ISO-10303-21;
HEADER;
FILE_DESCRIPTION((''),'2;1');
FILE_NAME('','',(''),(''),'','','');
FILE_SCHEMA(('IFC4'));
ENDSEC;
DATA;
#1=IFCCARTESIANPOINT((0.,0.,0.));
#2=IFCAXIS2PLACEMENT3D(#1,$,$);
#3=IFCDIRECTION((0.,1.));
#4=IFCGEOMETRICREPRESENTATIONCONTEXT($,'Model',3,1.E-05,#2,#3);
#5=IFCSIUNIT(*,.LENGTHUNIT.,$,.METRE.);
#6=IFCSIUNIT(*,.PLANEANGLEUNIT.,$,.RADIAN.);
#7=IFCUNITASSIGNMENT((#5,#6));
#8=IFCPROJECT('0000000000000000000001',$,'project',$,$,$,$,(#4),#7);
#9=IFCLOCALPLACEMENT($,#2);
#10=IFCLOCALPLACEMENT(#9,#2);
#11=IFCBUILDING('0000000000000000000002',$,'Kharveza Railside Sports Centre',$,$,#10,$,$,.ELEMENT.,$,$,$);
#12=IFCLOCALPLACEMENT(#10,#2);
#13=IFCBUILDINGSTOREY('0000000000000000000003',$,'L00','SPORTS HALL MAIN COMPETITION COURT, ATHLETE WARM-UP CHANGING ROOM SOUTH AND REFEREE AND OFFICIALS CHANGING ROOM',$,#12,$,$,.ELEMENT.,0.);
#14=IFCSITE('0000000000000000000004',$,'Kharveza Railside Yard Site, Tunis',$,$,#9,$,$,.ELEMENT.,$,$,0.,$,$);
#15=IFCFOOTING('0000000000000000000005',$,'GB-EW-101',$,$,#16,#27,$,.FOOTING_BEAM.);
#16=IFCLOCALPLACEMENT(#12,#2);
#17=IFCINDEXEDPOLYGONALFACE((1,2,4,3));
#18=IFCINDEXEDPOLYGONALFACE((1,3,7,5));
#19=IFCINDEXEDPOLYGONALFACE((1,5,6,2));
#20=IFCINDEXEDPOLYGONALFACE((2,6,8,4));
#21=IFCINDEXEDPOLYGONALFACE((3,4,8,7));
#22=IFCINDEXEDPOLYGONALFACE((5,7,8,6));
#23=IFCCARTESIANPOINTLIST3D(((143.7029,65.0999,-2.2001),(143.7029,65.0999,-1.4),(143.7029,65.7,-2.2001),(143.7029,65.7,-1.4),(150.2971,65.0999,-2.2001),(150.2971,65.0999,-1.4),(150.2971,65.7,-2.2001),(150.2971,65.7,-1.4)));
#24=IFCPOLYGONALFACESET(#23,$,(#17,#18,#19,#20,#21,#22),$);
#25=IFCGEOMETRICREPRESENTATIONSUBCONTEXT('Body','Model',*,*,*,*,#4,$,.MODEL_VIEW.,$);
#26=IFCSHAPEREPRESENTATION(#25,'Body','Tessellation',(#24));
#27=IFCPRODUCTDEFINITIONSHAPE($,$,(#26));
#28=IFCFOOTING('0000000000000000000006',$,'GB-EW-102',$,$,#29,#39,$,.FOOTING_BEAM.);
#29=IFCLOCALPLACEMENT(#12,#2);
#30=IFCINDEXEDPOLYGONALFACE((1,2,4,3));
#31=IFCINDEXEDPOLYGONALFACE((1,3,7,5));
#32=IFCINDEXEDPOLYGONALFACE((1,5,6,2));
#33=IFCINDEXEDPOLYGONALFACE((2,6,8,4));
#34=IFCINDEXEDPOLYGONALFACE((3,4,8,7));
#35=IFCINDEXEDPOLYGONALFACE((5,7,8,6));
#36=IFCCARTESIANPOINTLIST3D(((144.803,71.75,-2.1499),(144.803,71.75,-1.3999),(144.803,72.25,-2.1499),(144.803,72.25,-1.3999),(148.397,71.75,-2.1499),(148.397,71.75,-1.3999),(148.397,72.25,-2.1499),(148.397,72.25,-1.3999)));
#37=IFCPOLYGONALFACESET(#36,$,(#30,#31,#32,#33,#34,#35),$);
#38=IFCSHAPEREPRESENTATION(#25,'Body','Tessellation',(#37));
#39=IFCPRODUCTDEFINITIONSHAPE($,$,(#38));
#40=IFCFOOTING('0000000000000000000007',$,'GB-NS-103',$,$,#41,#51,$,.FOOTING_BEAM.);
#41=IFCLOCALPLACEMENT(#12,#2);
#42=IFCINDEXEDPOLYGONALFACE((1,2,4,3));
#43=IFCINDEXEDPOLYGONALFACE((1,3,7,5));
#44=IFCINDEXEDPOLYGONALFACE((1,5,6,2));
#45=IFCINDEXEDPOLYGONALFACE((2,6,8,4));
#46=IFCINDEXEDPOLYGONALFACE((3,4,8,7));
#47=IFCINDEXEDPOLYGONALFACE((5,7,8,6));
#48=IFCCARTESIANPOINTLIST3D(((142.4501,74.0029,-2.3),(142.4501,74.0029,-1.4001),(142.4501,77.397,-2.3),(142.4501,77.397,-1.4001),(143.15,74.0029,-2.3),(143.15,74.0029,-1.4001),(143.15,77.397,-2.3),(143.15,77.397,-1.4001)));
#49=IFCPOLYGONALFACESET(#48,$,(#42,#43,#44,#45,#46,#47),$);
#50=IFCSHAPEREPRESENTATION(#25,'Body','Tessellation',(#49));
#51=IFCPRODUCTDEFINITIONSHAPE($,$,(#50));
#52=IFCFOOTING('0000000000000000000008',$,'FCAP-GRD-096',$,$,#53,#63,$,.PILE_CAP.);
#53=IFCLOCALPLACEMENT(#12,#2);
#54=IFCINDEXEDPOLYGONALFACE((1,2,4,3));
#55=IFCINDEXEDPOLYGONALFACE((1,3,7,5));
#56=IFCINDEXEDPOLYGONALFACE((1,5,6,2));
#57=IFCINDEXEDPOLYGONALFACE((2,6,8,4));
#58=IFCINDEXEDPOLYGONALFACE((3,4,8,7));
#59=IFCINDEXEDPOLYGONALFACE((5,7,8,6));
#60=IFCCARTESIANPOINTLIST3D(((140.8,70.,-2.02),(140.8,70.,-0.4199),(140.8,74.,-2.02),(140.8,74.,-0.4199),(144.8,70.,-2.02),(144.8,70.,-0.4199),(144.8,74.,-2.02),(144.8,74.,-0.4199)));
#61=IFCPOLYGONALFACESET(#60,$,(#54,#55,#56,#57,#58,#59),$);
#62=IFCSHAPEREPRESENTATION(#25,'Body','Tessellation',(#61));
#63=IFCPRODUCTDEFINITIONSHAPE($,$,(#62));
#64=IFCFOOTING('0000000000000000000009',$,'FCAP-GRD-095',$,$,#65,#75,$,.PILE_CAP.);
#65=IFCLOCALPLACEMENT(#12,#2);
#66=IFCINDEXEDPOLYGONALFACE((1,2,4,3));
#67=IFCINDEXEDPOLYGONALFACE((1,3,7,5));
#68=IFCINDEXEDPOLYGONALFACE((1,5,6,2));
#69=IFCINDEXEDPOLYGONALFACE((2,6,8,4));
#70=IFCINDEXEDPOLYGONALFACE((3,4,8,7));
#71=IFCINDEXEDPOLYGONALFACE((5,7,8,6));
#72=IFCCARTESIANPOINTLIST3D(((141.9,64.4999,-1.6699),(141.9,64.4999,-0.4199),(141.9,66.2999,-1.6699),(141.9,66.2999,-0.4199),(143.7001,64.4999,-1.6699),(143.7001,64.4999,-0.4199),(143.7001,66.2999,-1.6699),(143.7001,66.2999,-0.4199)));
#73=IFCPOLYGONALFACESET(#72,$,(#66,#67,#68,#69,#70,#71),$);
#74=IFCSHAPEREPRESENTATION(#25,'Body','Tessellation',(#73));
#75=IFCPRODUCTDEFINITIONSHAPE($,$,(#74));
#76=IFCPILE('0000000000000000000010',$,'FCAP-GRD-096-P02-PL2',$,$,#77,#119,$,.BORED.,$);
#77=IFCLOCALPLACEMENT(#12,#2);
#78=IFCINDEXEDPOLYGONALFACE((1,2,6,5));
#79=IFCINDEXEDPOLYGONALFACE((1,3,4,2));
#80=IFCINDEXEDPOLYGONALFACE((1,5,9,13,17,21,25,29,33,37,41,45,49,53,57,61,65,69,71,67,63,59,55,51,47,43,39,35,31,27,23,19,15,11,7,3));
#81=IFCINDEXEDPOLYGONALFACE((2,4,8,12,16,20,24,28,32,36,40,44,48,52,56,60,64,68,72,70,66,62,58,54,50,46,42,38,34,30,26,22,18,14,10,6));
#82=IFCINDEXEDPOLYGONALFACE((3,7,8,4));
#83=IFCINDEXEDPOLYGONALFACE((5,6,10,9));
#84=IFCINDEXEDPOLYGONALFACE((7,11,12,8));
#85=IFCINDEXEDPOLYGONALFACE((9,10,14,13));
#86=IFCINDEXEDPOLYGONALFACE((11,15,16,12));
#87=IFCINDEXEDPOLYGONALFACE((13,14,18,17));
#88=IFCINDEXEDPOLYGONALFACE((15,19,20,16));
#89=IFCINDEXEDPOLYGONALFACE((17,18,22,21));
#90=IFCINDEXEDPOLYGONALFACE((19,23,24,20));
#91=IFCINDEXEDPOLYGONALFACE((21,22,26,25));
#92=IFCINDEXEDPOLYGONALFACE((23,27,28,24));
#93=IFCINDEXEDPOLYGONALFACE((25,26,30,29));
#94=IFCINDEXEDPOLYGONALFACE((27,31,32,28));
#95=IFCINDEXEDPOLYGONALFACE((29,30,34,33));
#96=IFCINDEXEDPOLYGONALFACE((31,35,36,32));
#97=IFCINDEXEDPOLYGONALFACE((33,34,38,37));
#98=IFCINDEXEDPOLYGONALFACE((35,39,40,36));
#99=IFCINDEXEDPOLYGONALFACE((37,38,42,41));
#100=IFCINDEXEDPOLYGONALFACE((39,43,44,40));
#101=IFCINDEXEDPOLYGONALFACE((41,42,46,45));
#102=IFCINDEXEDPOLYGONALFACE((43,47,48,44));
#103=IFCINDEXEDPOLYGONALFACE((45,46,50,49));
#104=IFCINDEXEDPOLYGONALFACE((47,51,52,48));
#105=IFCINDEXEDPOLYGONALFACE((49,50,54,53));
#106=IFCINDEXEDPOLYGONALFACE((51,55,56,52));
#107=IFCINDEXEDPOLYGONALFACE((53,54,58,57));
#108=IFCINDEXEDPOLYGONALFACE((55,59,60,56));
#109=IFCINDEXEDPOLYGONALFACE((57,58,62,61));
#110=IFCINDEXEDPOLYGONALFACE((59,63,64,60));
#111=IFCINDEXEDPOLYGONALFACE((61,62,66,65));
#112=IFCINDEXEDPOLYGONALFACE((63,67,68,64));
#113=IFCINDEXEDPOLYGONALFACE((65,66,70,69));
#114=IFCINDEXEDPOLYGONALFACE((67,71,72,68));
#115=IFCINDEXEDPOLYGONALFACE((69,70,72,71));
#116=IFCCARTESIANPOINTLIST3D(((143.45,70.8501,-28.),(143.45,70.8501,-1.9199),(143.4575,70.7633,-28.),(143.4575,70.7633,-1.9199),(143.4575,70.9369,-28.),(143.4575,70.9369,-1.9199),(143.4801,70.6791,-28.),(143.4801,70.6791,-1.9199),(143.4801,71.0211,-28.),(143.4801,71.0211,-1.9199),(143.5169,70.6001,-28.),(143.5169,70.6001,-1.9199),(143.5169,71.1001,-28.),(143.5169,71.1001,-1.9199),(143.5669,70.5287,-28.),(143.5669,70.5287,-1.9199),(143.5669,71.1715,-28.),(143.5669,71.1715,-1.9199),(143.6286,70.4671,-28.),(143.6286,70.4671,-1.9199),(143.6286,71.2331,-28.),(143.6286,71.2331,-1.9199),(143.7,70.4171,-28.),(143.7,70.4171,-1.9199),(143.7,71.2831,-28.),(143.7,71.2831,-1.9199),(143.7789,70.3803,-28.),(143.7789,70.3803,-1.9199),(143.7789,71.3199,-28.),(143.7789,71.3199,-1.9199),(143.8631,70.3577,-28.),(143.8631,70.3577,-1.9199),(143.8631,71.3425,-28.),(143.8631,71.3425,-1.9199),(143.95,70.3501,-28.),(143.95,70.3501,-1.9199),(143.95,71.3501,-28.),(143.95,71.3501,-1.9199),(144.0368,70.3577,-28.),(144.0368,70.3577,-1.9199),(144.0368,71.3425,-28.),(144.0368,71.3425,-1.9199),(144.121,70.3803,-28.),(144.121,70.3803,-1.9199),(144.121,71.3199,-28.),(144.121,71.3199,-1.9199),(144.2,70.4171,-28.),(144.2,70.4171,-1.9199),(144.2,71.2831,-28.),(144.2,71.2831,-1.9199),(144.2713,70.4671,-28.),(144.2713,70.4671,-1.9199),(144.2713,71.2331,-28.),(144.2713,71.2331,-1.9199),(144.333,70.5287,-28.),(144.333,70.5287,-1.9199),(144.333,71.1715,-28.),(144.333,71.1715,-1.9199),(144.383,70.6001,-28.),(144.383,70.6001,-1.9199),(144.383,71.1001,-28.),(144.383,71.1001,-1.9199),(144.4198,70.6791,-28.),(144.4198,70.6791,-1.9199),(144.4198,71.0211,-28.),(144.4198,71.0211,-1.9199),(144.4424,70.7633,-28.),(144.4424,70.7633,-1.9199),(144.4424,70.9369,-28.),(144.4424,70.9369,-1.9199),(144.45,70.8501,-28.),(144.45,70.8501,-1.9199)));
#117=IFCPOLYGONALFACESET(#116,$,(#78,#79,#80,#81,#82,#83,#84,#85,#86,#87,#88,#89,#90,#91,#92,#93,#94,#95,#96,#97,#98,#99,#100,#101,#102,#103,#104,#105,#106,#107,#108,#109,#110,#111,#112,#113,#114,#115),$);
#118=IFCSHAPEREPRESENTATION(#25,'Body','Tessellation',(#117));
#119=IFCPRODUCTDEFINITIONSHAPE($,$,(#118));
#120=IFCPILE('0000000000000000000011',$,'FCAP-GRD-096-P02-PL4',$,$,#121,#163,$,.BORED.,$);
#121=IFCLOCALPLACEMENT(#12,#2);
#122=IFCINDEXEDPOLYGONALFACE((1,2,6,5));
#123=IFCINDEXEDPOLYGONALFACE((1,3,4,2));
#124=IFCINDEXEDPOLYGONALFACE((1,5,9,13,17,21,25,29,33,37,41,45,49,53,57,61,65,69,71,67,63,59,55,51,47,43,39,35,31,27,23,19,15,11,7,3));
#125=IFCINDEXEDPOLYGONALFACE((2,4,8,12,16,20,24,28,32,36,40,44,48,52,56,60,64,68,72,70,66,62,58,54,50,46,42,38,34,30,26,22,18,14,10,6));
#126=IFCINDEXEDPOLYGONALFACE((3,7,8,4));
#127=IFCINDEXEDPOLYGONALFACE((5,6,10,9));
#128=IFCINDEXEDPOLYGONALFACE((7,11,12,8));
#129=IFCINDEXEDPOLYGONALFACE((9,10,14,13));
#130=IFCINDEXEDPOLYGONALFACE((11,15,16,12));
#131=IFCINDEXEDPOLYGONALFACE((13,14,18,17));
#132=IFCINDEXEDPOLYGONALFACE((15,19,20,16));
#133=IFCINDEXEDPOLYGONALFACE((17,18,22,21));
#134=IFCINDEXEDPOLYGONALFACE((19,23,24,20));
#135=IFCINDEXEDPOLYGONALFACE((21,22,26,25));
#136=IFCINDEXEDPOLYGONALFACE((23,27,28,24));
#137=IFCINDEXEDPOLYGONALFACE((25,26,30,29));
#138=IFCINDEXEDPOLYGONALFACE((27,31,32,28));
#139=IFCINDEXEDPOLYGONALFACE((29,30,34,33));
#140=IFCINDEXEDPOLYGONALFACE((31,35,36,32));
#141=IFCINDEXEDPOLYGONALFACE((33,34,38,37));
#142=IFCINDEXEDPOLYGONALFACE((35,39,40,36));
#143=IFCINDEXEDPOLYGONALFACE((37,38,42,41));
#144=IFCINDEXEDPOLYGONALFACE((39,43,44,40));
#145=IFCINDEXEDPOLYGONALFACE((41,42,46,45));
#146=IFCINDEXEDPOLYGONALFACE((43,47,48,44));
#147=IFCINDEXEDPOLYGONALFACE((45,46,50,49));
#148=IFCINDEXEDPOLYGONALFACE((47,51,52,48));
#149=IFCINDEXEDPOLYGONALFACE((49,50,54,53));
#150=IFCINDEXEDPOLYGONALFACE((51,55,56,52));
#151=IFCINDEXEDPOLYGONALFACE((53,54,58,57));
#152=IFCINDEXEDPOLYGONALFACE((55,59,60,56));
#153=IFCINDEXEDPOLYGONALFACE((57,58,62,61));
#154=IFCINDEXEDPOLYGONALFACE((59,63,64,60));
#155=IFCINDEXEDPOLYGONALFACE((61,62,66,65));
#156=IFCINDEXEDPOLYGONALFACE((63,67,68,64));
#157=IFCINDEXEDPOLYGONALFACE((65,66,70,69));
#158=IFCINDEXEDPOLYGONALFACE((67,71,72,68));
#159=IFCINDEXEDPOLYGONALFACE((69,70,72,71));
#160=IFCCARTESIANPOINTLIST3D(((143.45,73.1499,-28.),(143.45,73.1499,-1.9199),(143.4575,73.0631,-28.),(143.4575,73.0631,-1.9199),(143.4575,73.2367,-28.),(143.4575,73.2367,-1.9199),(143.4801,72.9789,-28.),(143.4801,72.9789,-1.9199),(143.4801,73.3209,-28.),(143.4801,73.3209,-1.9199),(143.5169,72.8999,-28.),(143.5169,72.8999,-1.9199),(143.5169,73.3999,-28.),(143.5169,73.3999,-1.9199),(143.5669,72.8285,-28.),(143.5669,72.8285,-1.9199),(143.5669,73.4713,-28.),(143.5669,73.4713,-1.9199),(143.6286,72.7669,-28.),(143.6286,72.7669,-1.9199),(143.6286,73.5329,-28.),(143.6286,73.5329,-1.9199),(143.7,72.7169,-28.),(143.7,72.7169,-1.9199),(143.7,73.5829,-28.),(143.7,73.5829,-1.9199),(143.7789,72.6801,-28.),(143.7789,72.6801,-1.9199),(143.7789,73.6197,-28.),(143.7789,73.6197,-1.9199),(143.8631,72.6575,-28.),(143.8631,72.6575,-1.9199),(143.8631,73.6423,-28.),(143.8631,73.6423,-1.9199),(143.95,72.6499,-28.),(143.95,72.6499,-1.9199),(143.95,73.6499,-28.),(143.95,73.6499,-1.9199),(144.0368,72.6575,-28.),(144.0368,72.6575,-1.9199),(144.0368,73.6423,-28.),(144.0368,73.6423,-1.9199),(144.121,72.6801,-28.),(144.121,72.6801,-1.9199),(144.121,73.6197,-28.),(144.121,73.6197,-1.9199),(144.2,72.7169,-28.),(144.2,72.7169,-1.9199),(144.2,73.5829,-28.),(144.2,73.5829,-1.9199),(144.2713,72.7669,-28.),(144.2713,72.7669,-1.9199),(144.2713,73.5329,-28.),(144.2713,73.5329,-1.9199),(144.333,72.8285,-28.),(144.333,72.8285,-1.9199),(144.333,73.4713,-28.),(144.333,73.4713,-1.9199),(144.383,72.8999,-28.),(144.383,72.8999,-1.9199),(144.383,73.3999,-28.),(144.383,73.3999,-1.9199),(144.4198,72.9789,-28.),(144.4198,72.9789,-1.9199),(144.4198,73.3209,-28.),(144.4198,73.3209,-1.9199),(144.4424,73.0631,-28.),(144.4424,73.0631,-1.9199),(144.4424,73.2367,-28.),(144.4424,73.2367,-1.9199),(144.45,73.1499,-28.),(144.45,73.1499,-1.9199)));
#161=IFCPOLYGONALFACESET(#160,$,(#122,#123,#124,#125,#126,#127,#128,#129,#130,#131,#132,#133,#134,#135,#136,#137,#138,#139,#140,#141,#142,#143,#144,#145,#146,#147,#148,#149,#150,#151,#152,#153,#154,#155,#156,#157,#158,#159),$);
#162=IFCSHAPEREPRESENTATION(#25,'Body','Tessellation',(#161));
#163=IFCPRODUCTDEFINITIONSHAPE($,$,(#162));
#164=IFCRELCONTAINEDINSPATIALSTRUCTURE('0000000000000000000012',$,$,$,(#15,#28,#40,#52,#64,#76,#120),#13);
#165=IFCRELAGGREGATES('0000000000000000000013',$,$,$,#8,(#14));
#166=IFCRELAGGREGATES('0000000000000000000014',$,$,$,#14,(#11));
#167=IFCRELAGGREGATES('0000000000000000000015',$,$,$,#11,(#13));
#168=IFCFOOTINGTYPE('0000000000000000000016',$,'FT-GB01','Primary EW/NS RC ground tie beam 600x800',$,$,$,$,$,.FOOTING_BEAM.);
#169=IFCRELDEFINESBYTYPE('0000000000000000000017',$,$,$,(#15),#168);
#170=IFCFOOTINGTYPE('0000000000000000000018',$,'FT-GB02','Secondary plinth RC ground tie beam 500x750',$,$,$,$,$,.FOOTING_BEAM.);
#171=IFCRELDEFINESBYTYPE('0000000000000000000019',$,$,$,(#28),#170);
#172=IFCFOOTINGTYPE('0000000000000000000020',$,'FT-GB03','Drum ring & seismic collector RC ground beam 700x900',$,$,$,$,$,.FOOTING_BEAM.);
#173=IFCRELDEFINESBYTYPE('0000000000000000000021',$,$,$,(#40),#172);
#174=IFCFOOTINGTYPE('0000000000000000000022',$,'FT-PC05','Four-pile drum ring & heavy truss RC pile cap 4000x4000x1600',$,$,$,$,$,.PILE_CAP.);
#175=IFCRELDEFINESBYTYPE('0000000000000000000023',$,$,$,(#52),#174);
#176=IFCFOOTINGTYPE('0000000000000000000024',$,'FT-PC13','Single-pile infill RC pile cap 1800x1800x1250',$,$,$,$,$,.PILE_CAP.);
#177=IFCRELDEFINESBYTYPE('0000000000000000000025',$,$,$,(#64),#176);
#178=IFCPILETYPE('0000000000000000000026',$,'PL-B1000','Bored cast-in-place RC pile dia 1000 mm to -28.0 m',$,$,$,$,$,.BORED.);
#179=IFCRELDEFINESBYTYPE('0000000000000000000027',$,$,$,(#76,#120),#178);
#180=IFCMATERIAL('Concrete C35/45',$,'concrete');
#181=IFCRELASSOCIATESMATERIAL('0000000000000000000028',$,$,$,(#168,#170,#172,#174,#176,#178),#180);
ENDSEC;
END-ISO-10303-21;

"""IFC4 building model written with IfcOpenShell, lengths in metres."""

from ifc_helpers import new_model, si_unit, direction, frame, origin, origin_2d, place, context, subcontext, project, spatial, rectangle, circle, extrude, material, material_profile, profile_set, type_object, element, save


model = new_model("IFC4")

# Units and contexts
model_context = context("Model", 3, precision=1e-05, world=origin(), true_north=direction((0.0, 1.0)))
body_context = subcontext(model_context, "Body", "Model", "MODEL_VIEW")
ifc_project = project(units=[si_unit("LENGTHUNIT", "METRE"), si_unit("PLANEANGLEUNIT", "RADIAN")], contexts=[model_context])

# Site, building, storey
site_placement = place(None, origin())
site = spatial("IfcSite", under=ifc_project, at=site_placement, Name="Kharveza Railside Yard Site, Tunis", CompositionType="ELEMENT", RefElevation=0.0)
building_placement = place(site_placement, origin())
building = spatial("IfcBuilding", under=site, at=building_placement, Name="Kharveza Railside Sports Centre", CompositionType="ELEMENT")
storey_placement = place(building_placement, origin())
storey = spatial("IfcBuildingStorey", under=building, at=storey_placement, Name="L00", Description="SPORTS HALL MAIN COMPETITION COURT, ATHLETE WARM-UP CHANGING ROOM SOUTH AND REFEREE AND OFFICIALS CHANGING ROOM", CompositionType="ELEMENT", Elevation=0.0)

# Footings
ifc_material_1 = material(Name="Concrete C35/45", Category="concrete")
ifc_material_profile_1 = material_profile(ifc_material_1, rectangle(XDim=0.6001, YDim=0.8, at=origin_2d()), Name="GB 600x800")
ifc_profile_set_1 = profile_set([ifc_material_profile_1], Name="Concrete C35/45")
footing_type_1 = type_object("IfcFootingType", Name="FT-GB01", Description="Primary EW/NS RC ground tie beam 600x800", PredefinedType="FOOTING_BEAM", material=ifc_profile_set_1)
footing_1_placement = place(storey_placement, frame((143.7029, 65.3999, -1.8), z_axis=(1.0, 0.0, 0.0), x_axis=(0.0, 1.0, 0.0)))
element("IfcFooting", 1, at=footing_1_placement, inside=storey, type_object=footing_type_1, Name="GB-EW-101", PredefinedType="FOOTING_BEAM", context=body_context, shape_type="SweptSolid", body=[
    extrude(rectangle(XDim=0.6001, YDim=0.8, at=origin_2d()), origin(), (0.0, 0.0, 1.0), 6.5942),
])
ifc_material_profile_2 = material_profile(ifc_material_1, rectangle(XDim=0.5, YDim=0.75, at=origin_2d()), Name="GB 500x750")
ifc_profile_set_2 = profile_set([ifc_material_profile_2], Name="Concrete C35/45")
footing_type_2 = type_object("IfcFootingType", Name="FT-GB02", Description="Secondary plinth RC ground tie beam 500x750", PredefinedType="FOOTING_BEAM", material=ifc_profile_set_2)
footing_2_placement = place(storey_placement, frame((144.803, 72.0, -1.7749), z_axis=(1.0, 0.0, 0.0), x_axis=(0.0, 1.0, 0.0)))
element("IfcFooting", 2, at=footing_2_placement, inside=storey, type_object=footing_type_2, Name="GB-EW-102", PredefinedType="FOOTING_BEAM", context=body_context, shape_type="SweptSolid", body=[
    extrude(rectangle(XDim=0.5, YDim=0.75, at=origin_2d()), origin(), (0.0, 0.0, 1.0), 3.594),
])
ifc_material_profile_3 = material_profile(ifc_material_1, rectangle(XDim=0.7, YDim=0.8999, at=origin_2d()), Name="GB 700x900")
ifc_profile_set_3 = profile_set([ifc_material_profile_3], Name="Concrete C35/45")
footing_type_3 = type_object("IfcFootingType", Name="FT-GB03", Description="Drum ring & seismic collector RC ground beam 700x900", PredefinedType="FOOTING_BEAM", material=ifc_profile_set_3)
footing_3_placement = place(storey_placement, frame((142.8, 74.0029, -1.8501), z_axis=(0.0, 1.0, 0.0), x_axis=(-1.0, 0.0, 0.0)))
element("IfcFooting", 3, at=footing_3_placement, inside=storey, type_object=footing_type_3, Name="GB-NS-103", PredefinedType="FOOTING_BEAM", context=body_context, shape_type="SweptSolid", body=[
    extrude(rectangle(XDim=0.7, YDim=0.8999, at=origin_2d()), origin(), (0.0, 0.0, 1.0), 3.394),
])
footing_type_4 = type_object("IfcFootingType", Name="FT-PC05", Description="Four-pile drum ring & heavy truss RC pile cap 4000x4000x1600", PredefinedType="PILE_CAP", material=ifc_material_1)
footing_4_placement = place(storey_placement, frame((142.8, 72.0, -2.02), z_axis=(0.0, 0.0, 1.0), x_axis=(1.0, 0.0, 0.0)))
element("IfcFooting", 4, at=footing_4_placement, inside=storey, type_object=footing_type_4, Name="FCAP-GRD-096", PredefinedType="PILE_CAP", context=body_context, shape_type="SweptSolid", body=[
    extrude(rectangle(XDim=4.0, YDim=4.0, at=origin_2d()), origin(), (0.0, 0.0, 1.0), 1.6001),
])
footing_type_5 = type_object("IfcFootingType", Name="FT-PC13", Description="Single-pile infill RC pile cap 1800x1800x1250", PredefinedType="PILE_CAP", material=ifc_material_1)
footing_5_placement = place(storey_placement, frame((142.8, 65.3999, -1.6699), z_axis=(0.0, 0.0, 1.0), x_axis=(1.0, 0.0, 0.0)))
element("IfcFooting", 5, at=footing_5_placement, inside=storey, type_object=footing_type_5, Name="FCAP-GRD-095", PredefinedType="PILE_CAP", context=body_context, shape_type="SweptSolid", body=[
    extrude(rectangle(XDim=1.8, YDim=1.8, at=origin_2d()), origin(), (0.0, 0.0, 1.0), 1.25),
])

# Piles
ifc_material_profile_4 = material_profile(ifc_material_1, circle(Radius=0.5, at=origin_2d()), Name="PILE D1000")
ifc_profile_set_4 = profile_set([ifc_material_profile_4], Name="Concrete C35/45")
pile_type_1 = type_object("IfcPileType", Name="PL-B1000", Description="Bored cast-in-place RC pile dia 1000 mm to -28.0 m", PredefinedType="BORED", material=ifc_profile_set_4)
for number, where, z_axis, x_axis, name in (
    (6, (143.95, 70.8501, -1.9199), (0.0, 0.0, -1.0), (1.0, 0.0, 0.0), "FCAP-GRD-096-P02-PL2"),
    (7, (143.95, 73.1499, -1.9199), (0.0, 0.0, -1.0), (1.0, 0.0, 0.0), "FCAP-GRD-096-P02-PL4"),
):
    element("IfcPile", number, at=place(storey_placement, frame(where, z_axis=z_axis, x_axis=x_axis)), inside=storey, type_object=pile_type_1, Name=name, PredefinedType="BORED", context=body_context, shape_type="SweptSolid", body=[
        extrude(circle(Radius=0.5, at=origin_2d()), origin(), (0.0, 0.0, 1.0), 26.0801),
    ])

save(model, "model.ifc")
